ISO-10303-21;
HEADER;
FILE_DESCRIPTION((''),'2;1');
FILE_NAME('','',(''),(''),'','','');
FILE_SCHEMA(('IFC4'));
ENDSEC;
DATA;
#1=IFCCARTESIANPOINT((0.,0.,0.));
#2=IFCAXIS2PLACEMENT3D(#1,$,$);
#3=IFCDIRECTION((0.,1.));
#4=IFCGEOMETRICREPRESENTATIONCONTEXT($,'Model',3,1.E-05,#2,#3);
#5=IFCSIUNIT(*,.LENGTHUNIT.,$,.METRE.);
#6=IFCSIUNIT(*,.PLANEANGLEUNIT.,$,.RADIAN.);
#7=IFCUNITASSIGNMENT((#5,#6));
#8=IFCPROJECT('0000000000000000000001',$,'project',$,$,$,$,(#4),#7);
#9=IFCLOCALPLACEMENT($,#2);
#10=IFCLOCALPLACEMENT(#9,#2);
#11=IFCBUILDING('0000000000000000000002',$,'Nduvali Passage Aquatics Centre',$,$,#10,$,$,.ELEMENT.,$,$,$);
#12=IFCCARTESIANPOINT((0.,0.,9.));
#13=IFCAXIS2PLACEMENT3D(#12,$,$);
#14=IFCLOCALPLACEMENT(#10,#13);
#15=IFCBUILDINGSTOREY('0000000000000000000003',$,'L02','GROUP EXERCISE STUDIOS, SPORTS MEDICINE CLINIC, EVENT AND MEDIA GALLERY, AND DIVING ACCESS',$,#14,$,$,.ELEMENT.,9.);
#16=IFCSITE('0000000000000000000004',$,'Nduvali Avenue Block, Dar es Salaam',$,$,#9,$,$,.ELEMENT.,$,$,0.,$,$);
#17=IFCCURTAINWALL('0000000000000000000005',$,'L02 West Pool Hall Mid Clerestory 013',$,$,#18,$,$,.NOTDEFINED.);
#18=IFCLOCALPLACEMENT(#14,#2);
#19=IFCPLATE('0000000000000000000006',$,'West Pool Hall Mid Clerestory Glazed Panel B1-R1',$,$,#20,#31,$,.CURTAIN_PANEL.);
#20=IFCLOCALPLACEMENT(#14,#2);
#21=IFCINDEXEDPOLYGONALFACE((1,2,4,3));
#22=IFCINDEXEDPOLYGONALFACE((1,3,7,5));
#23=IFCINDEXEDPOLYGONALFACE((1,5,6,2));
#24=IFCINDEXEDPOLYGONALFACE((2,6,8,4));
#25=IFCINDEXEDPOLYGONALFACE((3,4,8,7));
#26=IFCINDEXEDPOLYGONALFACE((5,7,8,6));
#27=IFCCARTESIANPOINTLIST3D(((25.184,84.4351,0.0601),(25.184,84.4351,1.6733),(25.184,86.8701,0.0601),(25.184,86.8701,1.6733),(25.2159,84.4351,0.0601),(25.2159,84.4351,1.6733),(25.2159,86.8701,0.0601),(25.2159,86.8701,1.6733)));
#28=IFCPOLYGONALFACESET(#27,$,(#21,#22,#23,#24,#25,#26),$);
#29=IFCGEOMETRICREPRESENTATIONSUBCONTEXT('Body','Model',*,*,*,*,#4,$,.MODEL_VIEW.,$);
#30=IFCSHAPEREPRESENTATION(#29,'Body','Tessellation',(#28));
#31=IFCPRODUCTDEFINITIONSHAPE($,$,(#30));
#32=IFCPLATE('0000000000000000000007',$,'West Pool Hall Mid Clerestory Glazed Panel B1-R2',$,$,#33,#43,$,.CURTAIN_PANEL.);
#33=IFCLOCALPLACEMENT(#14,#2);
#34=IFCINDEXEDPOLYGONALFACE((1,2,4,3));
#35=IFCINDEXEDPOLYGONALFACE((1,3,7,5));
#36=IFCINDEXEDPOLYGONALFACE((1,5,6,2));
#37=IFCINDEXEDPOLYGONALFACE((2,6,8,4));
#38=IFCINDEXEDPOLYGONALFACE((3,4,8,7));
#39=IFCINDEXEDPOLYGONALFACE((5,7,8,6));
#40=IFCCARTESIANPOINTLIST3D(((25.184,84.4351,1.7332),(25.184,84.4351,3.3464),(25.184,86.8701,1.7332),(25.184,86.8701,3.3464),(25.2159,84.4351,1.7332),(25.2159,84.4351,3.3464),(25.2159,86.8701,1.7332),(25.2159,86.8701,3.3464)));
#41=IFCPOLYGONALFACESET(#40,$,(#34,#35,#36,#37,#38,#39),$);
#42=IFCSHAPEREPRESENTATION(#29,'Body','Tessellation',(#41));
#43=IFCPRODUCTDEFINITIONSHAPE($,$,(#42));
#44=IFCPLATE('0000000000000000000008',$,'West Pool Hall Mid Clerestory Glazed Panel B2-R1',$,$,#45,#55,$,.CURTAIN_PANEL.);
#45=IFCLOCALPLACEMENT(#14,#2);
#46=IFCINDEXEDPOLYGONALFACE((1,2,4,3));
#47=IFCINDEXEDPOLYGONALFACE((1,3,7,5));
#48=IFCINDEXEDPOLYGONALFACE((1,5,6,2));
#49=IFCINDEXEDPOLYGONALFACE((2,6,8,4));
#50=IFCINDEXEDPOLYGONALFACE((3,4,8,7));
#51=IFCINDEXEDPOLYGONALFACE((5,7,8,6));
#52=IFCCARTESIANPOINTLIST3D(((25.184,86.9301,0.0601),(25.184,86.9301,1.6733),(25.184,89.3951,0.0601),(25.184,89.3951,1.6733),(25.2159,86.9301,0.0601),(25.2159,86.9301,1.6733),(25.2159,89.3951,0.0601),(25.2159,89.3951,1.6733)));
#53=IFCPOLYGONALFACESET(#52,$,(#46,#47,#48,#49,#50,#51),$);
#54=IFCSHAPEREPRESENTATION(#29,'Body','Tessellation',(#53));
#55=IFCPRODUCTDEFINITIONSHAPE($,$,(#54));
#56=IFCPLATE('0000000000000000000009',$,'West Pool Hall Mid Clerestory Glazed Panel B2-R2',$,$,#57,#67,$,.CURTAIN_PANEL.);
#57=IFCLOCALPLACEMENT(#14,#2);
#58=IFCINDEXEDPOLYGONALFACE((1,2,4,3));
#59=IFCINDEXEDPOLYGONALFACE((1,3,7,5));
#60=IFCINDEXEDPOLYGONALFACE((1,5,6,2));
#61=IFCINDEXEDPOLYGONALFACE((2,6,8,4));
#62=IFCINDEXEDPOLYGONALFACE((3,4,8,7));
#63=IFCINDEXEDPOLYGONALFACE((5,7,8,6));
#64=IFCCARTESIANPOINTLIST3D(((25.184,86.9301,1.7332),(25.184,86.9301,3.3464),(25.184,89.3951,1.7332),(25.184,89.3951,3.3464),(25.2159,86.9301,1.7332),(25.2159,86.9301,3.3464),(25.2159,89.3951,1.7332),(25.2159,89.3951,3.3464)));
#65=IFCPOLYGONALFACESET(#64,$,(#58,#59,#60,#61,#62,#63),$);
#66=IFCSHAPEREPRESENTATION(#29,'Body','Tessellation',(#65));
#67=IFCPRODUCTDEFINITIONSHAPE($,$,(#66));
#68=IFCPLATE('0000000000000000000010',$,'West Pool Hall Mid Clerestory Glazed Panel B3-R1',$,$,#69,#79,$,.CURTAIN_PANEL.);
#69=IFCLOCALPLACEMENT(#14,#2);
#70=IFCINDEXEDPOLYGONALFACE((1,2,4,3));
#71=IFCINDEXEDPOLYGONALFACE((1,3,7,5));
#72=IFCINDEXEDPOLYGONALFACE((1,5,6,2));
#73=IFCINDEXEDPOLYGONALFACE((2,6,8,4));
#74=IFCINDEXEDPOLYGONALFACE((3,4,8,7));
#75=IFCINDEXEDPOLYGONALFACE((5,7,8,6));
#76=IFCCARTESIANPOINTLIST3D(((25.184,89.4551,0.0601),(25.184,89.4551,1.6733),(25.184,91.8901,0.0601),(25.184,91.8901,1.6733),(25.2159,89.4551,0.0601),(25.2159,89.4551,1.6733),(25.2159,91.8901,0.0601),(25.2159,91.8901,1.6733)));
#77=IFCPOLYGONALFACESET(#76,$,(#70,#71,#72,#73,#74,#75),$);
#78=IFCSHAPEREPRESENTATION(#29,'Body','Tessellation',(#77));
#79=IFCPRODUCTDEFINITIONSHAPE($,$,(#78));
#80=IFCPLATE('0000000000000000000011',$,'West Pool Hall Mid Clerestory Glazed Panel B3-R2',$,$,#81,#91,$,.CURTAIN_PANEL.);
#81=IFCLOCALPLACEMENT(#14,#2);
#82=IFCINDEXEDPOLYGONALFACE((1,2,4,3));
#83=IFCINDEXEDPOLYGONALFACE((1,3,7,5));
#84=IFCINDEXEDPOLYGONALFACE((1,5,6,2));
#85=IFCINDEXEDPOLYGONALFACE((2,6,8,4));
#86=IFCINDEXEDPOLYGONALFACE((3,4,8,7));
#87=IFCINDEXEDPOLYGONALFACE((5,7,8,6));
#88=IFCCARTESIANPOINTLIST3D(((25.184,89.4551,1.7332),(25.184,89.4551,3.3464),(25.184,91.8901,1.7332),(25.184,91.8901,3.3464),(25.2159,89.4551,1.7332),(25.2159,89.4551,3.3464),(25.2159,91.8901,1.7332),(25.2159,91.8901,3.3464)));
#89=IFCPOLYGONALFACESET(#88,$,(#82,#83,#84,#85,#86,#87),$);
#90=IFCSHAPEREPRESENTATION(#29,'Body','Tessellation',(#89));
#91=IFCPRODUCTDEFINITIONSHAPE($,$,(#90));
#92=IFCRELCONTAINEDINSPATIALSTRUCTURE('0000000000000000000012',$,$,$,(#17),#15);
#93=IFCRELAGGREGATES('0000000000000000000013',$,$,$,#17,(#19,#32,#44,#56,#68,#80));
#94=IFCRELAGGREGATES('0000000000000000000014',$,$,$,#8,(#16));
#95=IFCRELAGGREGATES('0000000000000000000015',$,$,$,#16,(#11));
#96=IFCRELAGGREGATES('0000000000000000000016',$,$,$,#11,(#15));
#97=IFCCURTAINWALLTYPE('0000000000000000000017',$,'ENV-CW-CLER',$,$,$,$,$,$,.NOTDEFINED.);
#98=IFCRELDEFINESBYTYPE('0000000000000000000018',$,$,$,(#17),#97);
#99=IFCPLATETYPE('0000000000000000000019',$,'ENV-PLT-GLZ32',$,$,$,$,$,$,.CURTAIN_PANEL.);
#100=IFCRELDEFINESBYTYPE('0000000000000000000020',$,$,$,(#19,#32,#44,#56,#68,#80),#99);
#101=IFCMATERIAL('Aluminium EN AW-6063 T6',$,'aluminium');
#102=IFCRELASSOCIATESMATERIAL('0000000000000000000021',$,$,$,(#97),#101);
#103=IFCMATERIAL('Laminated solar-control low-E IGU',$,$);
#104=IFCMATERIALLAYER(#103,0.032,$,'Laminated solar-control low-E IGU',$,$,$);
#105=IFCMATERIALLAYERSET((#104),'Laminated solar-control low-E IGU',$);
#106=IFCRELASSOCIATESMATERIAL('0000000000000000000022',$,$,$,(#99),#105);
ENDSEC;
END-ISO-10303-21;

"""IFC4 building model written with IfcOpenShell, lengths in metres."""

from ifc_helpers import new_model, si_unit, direction, frame, origin, origin_2d, place, context, subcontext, project, spatial, rectangle, extrude, material, layer, layer_set, type_object, element, aggregate, save


model = new_model("IFC4")

# Units and contexts
model_context = context("Model", 3, precision=1e-05, world=origin(), true_north=direction((0.0, 1.0)))
body_context = subcontext(model_context, "Body", "Model", "MODEL_VIEW")
ifc_project = project(units=[si_unit("LENGTHUNIT", "METRE"), si_unit("PLANEANGLEUNIT", "RADIAN")], contexts=[model_context])

# Site, building, storey
site_placement = place(None, origin())
site = spatial("IfcSite", under=ifc_project, at=site_placement, Name="Nduvali Avenue Block, Dar es Salaam", CompositionType="ELEMENT", RefElevation=0.0)
building_placement = place(site_placement, origin())
building = spatial("IfcBuilding", under=site, at=building_placement, Name="Nduvali Passage Aquatics Centre", CompositionType="ELEMENT")
storey_placement = place(building_placement, frame((0.0, 0.0, 9.0)))
storey = spatial("IfcBuildingStorey", under=building, at=storey_placement, Name="L02", Description="GROUP EXERCISE STUDIOS, SPORTS MEDICINE CLINIC, EVENT AND MEDIA GALLERY, AND DIVING ACCESS", CompositionType="ELEMENT", Elevation=9.0)

# Curtain wall
ifc_material_1 = material(Name="Aluminium EN AW-6063 T6", Category="aluminium")
curtain_wall_type = type_object("IfcCurtainWallType", Name="ENV-CW-CLER", PredefinedType="NOTDEFINED", material=ifc_material_1)
curtain_wall_1_placement = place(storey_placement, origin())
curtain_wall_1 = element("IfcCurtainWall", 1, at=curtain_wall_1_placement, inside=storey, type_object=curtain_wall_type, Name="L02 West Pool Hall Mid Clerestory 013", PredefinedType="NOTDEFINED")

# Plates
ifc_material_2 = material(Name="Laminated solar-control low-E IGU")
ifc_layer = layer(ifc_material_2, 0.032, Name="Laminated solar-control low-E IGU")
ifc_layer_set = layer_set([ifc_layer], Name="Laminated solar-control low-E IGU")
plate_type = type_object("IfcPlateType", Name="ENV-PLT-GLZ32", PredefinedType="CURTAIN_PANEL", material=ifc_layer_set)
plate_1_placement = place(storey_placement, frame((25.2, 85.6526, 0.0601), z_axis=(0.0, 0.0, 1.0), x_axis=(0.0, 1.0, 0.0)))
plate_1 = element("IfcPlate", 2, at=plate_1_placement, type_object=plate_type, Name="West Pool Hall Mid Clerestory Glazed Panel B1-R1", PredefinedType="CURTAIN_PANEL", context=body_context, shape_type="SweptSolid", body=[
    extrude(rectangle(XDim=2.4351, YDim=0.032, at=origin_2d()), origin(), (0.0, 0.0, 1.0), 1.6133),
])
plate_2_placement = place(storey_placement, frame((25.2, 85.6526, 1.7332), z_axis=(0.0, 0.0, 1.0), x_axis=(0.0, 1.0, 0.0)))
plate_2 = element("IfcPlate", 3, at=plate_2_placement, type_object=plate_type, Name="West Pool Hall Mid Clerestory Glazed Panel B1-R2", PredefinedType="CURTAIN_PANEL", context=body_context, shape_type="SweptSolid", body=[
    extrude(rectangle(XDim=2.4351, YDim=0.032, at=origin_2d()), origin(), (0.0, 0.0, 1.0), 1.6133),
])
plate_3_placement = place(storey_placement, frame((25.2, 88.1626, 0.0601), z_axis=(0.0, 0.0, 1.0), x_axis=(0.0, 1.0, 0.0)))
plate_3 = element("IfcPlate", 4, at=plate_3_placement, type_object=plate_type, Name="West Pool Hall Mid Clerestory Glazed Panel B2-R1", PredefinedType="CURTAIN_PANEL", context=body_context, shape_type="SweptSolid", body=[
    extrude(rectangle(XDim=2.4651, YDim=0.032, at=origin_2d()), origin(), (0.0, 0.0, 1.0), 1.6133),
])
plate_4_placement = place(storey_placement, frame((25.2, 88.1626, 1.7332), z_axis=(0.0, 0.0, 1.0), x_axis=(0.0, 1.0, 0.0)))
plate_4 = element("IfcPlate", 5, at=plate_4_placement, type_object=plate_type, Name="West Pool Hall Mid Clerestory Glazed Panel B2-R2", PredefinedType="CURTAIN_PANEL", context=body_context, shape_type="SweptSolid", body=[
    extrude(rectangle(XDim=2.4651, YDim=0.032, at=origin_2d()), origin(), (0.0, 0.0, 1.0), 1.6133),
])
plate_5_placement = place(storey_placement, frame((25.2, 90.6726, 0.0601), z_axis=(0.0, 0.0, 1.0), x_axis=(0.0, 1.0, 0.0)))
plate_5 = element("IfcPlate", 6, at=plate_5_placement, type_object=plate_type, Name="West Pool Hall Mid Clerestory Glazed Panel B3-R1", PredefinedType="CURTAIN_PANEL", context=body_context, shape_type="SweptSolid", body=[
    extrude(rectangle(XDim=2.4351, YDim=0.032, at=origin_2d()), origin(), (0.0, 0.0, 1.0), 1.6133),
])
plate_6_placement = place(storey_placement, frame((25.2, 90.6726, 1.7332), z_axis=(0.0, 0.0, 1.0), x_axis=(0.0, 1.0, 0.0)))
plate_6 = element("IfcPlate", 7, at=plate_6_placement, type_object=plate_type, Name="West Pool Hall Mid Clerestory Glazed Panel B3-R2", PredefinedType="CURTAIN_PANEL", context=body_context, shape_type="SweptSolid", body=[
    extrude(rectangle(XDim=2.4351, YDim=0.032, at=origin_2d()), origin(), (0.0, 0.0, 1.0), 1.6133),
])
aggregate(curtain_wall_1, [plate_1, plate_2, plate_3, plate_4, plate_5, plate_6])

save(model, "model.ifc")
